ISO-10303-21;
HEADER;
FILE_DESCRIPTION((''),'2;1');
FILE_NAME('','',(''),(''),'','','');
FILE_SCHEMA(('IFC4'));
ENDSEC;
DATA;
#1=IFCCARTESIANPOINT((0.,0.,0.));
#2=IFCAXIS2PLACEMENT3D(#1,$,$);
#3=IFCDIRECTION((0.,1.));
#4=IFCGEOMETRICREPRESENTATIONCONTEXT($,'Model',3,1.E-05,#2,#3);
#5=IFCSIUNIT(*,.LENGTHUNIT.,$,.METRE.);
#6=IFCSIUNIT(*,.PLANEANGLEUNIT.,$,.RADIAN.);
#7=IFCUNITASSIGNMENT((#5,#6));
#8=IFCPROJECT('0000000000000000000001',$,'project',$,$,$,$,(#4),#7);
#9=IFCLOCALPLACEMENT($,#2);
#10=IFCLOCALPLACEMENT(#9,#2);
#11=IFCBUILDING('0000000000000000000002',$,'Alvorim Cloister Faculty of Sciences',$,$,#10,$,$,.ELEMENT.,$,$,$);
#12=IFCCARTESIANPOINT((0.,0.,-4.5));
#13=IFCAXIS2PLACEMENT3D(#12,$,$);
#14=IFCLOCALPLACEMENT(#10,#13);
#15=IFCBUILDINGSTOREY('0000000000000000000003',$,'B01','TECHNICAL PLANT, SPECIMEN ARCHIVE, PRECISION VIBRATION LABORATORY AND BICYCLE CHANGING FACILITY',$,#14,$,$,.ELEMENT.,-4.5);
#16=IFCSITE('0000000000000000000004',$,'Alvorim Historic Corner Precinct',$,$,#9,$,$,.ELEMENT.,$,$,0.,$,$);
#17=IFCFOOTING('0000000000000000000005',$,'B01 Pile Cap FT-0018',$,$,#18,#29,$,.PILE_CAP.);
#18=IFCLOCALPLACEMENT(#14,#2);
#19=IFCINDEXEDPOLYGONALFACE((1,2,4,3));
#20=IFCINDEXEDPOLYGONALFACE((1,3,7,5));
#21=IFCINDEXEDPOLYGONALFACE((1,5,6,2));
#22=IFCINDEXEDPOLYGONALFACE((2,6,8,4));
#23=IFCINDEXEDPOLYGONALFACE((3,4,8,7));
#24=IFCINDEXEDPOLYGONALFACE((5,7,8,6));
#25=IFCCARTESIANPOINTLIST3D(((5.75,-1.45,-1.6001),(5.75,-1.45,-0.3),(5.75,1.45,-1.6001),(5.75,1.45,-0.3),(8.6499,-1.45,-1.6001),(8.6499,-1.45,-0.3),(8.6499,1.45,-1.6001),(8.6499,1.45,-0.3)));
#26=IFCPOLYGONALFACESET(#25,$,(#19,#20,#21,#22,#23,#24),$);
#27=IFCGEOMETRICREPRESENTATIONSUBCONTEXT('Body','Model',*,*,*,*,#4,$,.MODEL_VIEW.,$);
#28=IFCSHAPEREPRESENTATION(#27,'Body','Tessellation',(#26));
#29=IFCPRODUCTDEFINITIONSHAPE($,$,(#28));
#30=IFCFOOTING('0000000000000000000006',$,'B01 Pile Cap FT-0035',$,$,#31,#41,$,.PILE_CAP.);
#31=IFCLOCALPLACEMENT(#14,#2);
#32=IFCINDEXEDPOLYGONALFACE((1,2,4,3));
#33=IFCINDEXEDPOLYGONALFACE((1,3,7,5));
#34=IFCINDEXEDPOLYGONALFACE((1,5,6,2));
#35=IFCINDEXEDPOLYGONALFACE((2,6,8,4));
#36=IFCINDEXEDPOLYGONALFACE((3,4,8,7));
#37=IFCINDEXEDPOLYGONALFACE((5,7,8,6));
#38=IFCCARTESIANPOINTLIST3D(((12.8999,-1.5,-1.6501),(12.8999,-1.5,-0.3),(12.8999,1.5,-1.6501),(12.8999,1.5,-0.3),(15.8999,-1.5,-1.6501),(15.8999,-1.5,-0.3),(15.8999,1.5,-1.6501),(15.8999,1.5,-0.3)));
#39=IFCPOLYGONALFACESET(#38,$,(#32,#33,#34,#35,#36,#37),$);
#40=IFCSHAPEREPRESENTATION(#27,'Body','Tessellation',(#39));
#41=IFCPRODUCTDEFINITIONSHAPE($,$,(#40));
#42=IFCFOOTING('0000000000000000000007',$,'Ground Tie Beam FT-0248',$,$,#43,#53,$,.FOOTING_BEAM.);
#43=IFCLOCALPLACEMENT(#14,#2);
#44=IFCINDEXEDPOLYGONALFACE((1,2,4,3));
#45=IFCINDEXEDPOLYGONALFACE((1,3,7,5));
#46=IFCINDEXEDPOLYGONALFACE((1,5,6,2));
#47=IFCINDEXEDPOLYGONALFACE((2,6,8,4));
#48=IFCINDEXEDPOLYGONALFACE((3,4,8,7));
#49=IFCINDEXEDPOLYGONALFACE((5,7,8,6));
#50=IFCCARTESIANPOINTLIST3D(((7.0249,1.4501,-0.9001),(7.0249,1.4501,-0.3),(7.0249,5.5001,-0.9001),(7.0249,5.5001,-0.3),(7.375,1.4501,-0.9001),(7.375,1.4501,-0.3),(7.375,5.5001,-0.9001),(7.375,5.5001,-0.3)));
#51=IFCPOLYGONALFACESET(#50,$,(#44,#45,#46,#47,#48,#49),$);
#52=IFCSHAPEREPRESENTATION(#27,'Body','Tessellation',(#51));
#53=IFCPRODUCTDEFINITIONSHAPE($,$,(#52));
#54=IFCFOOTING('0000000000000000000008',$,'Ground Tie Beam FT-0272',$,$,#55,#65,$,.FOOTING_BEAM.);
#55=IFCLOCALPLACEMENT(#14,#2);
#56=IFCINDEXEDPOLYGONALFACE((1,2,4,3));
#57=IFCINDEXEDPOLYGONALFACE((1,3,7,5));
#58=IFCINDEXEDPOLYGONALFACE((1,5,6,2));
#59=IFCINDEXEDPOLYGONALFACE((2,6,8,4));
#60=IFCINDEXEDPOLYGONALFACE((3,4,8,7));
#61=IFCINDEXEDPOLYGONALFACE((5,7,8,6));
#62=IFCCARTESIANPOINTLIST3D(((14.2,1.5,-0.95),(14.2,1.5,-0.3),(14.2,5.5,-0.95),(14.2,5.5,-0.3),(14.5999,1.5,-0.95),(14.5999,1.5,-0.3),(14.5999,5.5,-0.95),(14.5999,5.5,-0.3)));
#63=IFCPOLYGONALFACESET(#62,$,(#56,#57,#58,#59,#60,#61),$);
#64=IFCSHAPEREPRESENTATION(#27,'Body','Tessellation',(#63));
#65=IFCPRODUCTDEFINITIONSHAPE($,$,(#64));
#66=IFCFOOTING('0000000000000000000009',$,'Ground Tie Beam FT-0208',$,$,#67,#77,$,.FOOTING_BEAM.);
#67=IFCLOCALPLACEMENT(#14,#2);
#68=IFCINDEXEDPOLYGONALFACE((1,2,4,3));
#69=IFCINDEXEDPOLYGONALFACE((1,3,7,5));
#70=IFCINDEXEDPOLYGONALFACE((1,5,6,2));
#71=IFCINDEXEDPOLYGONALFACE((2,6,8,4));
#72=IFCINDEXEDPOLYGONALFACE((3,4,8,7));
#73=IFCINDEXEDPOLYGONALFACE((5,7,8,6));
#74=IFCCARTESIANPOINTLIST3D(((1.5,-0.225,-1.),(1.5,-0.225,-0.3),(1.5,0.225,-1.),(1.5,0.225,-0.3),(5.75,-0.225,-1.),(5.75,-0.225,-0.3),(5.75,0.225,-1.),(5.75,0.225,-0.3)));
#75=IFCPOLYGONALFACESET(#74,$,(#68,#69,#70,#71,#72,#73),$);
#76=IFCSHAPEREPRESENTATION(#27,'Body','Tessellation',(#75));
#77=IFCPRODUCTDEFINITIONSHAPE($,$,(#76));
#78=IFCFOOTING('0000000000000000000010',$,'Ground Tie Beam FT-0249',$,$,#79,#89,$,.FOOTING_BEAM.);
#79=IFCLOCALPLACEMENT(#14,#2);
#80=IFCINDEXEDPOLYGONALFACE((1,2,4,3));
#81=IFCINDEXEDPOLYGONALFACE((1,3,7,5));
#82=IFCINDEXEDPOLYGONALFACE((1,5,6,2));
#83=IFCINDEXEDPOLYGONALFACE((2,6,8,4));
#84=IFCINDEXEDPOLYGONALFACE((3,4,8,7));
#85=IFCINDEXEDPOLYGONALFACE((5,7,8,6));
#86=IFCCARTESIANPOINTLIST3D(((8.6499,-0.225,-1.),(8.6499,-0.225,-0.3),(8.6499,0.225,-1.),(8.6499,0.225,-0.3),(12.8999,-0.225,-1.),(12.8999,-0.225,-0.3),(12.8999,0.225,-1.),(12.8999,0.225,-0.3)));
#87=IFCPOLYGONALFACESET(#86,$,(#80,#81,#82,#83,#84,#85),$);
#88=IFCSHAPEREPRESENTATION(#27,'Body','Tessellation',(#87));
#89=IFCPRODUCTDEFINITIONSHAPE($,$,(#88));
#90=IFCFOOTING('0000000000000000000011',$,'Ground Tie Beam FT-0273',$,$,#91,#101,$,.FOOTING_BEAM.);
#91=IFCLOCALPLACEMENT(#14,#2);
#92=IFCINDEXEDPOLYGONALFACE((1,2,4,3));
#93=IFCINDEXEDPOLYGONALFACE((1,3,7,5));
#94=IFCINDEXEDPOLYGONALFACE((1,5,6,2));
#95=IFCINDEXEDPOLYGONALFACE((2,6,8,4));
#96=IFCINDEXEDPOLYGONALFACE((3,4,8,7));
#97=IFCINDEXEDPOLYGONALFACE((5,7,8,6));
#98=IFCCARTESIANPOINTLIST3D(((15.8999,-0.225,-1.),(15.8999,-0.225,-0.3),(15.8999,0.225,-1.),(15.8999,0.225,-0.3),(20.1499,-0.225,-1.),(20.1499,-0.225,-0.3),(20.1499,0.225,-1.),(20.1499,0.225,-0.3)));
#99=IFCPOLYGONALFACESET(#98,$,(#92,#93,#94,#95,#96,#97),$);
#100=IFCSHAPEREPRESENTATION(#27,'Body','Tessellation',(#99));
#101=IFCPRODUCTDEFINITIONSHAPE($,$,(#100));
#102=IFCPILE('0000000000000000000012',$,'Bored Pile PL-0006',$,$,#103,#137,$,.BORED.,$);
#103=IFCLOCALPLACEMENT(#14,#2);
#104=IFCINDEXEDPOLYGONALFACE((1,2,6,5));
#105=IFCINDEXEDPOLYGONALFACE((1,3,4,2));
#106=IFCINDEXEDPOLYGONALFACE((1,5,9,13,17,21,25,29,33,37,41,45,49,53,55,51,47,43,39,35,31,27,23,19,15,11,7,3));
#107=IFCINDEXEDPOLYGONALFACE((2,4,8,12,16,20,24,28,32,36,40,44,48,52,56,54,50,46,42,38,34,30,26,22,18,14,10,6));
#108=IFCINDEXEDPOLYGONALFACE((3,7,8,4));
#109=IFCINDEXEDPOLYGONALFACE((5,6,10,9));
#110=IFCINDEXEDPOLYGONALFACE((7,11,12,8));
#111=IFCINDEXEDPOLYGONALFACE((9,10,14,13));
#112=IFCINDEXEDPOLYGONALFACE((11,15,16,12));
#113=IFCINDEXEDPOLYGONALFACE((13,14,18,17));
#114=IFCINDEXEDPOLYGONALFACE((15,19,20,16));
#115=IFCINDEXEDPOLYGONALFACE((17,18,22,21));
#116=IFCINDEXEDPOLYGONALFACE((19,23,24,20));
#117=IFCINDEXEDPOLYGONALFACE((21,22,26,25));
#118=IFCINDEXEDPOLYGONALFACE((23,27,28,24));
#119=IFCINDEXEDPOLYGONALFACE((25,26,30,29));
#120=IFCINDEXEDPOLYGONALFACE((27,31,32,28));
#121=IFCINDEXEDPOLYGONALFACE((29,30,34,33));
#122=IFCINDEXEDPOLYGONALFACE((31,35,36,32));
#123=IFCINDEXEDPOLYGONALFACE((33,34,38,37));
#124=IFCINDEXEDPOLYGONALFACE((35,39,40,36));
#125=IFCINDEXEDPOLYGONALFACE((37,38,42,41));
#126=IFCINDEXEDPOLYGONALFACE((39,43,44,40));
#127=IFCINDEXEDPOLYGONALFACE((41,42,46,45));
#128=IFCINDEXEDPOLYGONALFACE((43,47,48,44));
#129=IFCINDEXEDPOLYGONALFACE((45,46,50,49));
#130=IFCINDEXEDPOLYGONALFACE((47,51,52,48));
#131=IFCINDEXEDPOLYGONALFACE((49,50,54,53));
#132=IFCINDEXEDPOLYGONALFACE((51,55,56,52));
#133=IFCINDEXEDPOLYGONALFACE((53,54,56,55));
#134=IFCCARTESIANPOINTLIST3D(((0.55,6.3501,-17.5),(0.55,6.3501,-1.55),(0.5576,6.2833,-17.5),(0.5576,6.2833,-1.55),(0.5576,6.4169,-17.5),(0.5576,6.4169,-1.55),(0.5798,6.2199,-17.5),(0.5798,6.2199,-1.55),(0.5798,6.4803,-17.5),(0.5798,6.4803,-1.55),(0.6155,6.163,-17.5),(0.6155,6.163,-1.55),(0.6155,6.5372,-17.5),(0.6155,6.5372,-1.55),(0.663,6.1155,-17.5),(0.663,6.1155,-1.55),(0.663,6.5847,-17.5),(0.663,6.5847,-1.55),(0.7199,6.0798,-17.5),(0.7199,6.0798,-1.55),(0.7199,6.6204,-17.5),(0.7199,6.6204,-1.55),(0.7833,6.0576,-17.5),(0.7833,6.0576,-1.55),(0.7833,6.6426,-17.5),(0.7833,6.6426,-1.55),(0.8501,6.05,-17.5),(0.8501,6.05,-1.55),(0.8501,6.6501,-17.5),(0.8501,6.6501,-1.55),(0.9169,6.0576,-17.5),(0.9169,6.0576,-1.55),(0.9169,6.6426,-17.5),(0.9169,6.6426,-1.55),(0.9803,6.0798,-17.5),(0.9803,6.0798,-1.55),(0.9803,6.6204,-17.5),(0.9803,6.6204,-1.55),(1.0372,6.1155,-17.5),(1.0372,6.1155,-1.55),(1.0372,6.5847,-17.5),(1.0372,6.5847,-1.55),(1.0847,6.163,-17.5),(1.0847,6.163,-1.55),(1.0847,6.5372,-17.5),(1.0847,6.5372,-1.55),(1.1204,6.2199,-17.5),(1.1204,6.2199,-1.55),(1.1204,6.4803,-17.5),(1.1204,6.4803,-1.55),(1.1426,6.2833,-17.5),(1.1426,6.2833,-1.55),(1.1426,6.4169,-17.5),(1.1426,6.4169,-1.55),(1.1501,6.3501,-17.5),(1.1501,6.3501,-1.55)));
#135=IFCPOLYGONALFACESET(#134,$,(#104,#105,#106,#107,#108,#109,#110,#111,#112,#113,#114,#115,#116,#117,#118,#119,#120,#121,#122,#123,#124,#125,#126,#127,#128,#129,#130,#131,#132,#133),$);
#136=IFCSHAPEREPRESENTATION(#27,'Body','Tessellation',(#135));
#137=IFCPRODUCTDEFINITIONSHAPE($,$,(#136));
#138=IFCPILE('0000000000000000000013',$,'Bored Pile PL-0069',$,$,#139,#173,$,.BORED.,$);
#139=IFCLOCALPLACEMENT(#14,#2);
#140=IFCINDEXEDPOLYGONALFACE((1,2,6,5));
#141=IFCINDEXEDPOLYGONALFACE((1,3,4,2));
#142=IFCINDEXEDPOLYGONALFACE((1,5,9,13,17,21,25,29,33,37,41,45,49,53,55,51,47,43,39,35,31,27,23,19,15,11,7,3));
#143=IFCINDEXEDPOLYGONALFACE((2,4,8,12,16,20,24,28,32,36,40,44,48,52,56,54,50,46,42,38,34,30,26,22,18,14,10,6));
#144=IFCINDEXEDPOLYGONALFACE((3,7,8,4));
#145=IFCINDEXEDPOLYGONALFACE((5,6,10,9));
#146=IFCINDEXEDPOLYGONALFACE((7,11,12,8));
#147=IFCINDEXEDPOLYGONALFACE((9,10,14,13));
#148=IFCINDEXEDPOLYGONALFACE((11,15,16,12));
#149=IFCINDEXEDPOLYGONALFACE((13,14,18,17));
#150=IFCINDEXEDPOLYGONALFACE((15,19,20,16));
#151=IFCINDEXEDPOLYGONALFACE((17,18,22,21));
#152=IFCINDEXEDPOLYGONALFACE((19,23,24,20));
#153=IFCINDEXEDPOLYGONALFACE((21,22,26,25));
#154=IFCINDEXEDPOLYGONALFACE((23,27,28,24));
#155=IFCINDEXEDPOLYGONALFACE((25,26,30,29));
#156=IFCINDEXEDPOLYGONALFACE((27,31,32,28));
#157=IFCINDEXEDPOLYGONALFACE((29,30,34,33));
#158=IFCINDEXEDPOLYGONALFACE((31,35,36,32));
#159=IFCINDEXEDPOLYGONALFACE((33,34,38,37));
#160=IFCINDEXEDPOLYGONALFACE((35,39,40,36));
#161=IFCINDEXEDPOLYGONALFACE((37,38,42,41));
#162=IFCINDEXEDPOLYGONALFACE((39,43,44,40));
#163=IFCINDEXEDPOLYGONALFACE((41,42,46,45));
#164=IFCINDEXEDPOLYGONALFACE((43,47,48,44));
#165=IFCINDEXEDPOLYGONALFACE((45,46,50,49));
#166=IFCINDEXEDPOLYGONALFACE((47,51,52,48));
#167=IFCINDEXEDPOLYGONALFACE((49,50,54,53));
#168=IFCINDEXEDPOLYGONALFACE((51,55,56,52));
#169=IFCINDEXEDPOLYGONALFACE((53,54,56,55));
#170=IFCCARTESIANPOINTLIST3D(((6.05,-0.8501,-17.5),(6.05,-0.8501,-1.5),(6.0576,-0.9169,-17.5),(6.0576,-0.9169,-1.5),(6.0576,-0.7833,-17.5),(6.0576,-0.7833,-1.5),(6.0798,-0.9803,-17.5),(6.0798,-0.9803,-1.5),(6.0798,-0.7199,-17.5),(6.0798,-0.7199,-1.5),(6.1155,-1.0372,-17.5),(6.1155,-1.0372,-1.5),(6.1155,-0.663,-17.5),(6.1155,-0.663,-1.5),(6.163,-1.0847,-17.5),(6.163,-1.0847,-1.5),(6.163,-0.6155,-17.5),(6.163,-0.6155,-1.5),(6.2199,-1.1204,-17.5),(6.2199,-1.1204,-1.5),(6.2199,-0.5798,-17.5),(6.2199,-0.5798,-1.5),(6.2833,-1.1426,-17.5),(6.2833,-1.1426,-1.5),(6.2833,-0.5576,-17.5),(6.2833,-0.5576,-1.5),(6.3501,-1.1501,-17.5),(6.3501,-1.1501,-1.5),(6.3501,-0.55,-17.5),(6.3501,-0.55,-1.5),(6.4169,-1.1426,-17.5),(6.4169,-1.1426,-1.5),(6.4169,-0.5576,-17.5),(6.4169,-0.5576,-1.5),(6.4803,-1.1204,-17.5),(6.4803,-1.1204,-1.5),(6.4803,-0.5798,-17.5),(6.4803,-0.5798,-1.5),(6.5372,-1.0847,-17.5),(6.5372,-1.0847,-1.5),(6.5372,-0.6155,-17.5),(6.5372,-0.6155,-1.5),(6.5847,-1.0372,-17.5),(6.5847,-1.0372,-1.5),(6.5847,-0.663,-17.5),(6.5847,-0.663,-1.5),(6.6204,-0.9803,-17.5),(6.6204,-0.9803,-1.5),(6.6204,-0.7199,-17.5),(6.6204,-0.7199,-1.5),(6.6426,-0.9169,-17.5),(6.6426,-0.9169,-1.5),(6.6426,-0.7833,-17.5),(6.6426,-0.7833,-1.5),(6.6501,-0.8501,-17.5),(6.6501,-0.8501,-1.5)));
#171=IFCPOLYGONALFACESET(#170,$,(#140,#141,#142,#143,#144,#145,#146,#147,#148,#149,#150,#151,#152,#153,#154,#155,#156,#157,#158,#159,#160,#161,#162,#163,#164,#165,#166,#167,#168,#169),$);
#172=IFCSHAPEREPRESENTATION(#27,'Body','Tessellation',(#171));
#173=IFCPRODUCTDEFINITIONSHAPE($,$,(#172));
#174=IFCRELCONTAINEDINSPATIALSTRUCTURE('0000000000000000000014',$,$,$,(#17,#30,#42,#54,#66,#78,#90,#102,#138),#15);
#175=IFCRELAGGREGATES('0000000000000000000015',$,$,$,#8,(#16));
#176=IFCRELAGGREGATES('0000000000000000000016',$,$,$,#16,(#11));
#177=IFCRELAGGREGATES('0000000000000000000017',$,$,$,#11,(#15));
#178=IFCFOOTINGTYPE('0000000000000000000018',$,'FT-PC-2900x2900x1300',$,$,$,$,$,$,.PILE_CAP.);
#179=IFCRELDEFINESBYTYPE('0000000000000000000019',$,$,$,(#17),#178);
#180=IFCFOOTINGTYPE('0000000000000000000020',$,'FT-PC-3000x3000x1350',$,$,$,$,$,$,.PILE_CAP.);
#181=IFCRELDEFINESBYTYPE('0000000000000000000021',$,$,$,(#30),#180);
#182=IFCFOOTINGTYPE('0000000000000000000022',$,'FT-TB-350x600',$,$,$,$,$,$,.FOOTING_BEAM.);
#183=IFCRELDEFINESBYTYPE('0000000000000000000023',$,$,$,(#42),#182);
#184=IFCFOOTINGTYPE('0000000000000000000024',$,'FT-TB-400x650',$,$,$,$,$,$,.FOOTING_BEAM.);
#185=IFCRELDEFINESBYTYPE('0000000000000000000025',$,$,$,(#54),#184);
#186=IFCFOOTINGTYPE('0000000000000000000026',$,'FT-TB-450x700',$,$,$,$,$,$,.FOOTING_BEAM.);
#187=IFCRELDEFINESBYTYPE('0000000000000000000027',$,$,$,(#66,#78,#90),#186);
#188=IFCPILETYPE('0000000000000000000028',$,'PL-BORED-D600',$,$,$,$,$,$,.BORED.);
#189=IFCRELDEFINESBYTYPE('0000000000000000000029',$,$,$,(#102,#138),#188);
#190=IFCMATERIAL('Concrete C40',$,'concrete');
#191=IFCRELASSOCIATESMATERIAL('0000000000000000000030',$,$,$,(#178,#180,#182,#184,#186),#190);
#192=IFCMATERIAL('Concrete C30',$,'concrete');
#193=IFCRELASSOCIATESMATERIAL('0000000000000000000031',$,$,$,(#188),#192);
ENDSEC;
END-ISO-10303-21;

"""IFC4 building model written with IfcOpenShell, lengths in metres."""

from ifc_helpers import new_model, si_unit, direction, frame, origin, origin_2d, place, context, subcontext, project, spatial, rectangle, circle, extrude, material, material_profile, profile_set, type_object, element, save


model = new_model("IFC4")

# Units and contexts
model_context = context("Model", 3, precision=1e-05, world=origin(), true_north=direction((0.0, 1.0)))
body_context = subcontext(model_context, "Body", "Model", "MODEL_VIEW")
ifc_project = project(units=[si_unit("LENGTHUNIT", "METRE"), si_unit("PLANEANGLEUNIT", "RADIAN")], contexts=[model_context])

# Site, building, storey
site_placement = place(None, origin())
site = spatial("IfcSite", under=ifc_project, at=site_placement, Name="Alvorim Historic Corner Precinct", CompositionType="ELEMENT", RefElevation=0.0)
building_placement = place(site_placement, origin())
building = spatial("IfcBuilding", under=site, at=building_placement, Name="Alvorim Cloister Faculty of Sciences", CompositionType="ELEMENT")
storey_placement = place(building_placement, frame((0.0, 0.0, -4.5)))
storey = spatial("IfcBuildingStorey", under=building, at=storey_placement, Name="B01", Description="TECHNICAL PLANT, SPECIMEN ARCHIVE, PRECISION VIBRATION LABORATORY AND BICYCLE CHANGING FACILITY", CompositionType="ELEMENT", Elevation=-4.5)

# Footings
ifc_material_1 = material(Name="Concrete C40", Category="concrete")
footing_type_1 = type_object("IfcFootingType", Name="FT-PC-2900x2900x1300", PredefinedType="PILE_CAP", material=ifc_material_1)
footing_1_placement = place(storey_placement, frame((7.2, 0.0, -1.6001), z_axis=(0.0, 0.0, 1.0), x_axis=(1.0, 0.0, 0.0)))
element("IfcFooting", 1, at=footing_1_placement, inside=storey, type_object=footing_type_1, Name="B01 Pile Cap FT-0018", PredefinedType="PILE_CAP", context=body_context, shape_type="SweptSolid", body=[
    extrude(rectangle(XDim=2.8999, YDim=2.8999, at=origin_2d()), origin(), (0.0, 0.0, 1.0), 1.3),
])
footing_type_2 = type_object("IfcFootingType", Name="FT-PC-3000x3000x1350", PredefinedType="PILE_CAP", material=ifc_material_1)
footing_2_placement = place(storey_placement, frame((14.3999, 0.0, -1.6501), z_axis=(0.0, 0.0, 1.0), x_axis=(1.0, 0.0, 0.0)))
element("IfcFooting", 2, at=footing_2_placement, inside=storey, type_object=footing_type_2, Name="B01 Pile Cap FT-0035", PredefinedType="PILE_CAP", context=body_context, shape_type="SweptSolid", body=[
    extrude(rectangle(XDim=3.0, YDim=3.0, at=origin_2d()), origin(), (0.0, 0.0, 1.0), 1.3501),
])
footing_type_3 = type_object("IfcFootingType", Name="FT-TB-350x600", PredefinedType="FOOTING_BEAM", material=ifc_material_1)
footing_3_placement = place(storey_placement, frame((7.2, 3.4751, -0.9001), z_axis=(0.0, 0.0, 1.0), x_axis=(1.0, 0.0, 0.0)))
element("IfcFooting", 3, at=footing_3_placement, inside=storey, type_object=footing_type_3, Name="Ground Tie Beam FT-0248", PredefinedType="FOOTING_BEAM", context=body_context, shape_type="SweptSolid", body=[
    extrude(rectangle(XDim=0.3501, YDim=4.05, at=origin_2d()), origin(), (0.0, 0.0, 1.0), 0.6001),
])
footing_type_4 = type_object("IfcFootingType", Name="FT-TB-400x650", PredefinedType="FOOTING_BEAM", material=ifc_material_1)
footing_4_placement = place(storey_placement, frame((14.3999, 3.5, -0.95), z_axis=(0.0, 0.0, 1.0), x_axis=(1.0, 0.0, 0.0)))
element("IfcFooting", 4, at=footing_4_placement, inside=storey, type_object=footing_type_4, Name="Ground Tie Beam FT-0272", PredefinedType="FOOTING_BEAM", context=body_context, shape_type="SweptSolid", body=[
    extrude(rectangle(XDim=0.3999, YDim=4.0, at=origin_2d()), origin(), (0.0, 0.0, 1.0), 0.6499),
])
footing_type_5 = type_object("IfcFootingType", Name="FT-TB-450x700", PredefinedType="FOOTING_BEAM", material=ifc_material_1)
for number, where, z_axis, x_axis, name in (
    (5, (3.625, 0.0, -1.0), (0.0, 0.0, 1.0), (1.0, 0.0, 0.0), "Ground Tie Beam FT-0208"),
    (6, (10.7749, 0.0, -1.0), (0.0, 0.0, 1.0), (1.0, 0.0, 0.0), "Ground Tie Beam FT-0249"),
    (7, (18.0249, 0.0, -1.0), (0.0, 0.0, 1.0), (1.0, 0.0, 0.0), "Ground Tie Beam FT-0273"),
):
    element("IfcFooting", number, at=place(storey_placement, frame(where, z_axis=z_axis, x_axis=x_axis)), inside=storey, type_object=footing_type_5, Name=name, PredefinedType="FOOTING_BEAM", context=body_context, shape_type="SweptSolid", body=[
        extrude(rectangle(XDim=4.25, YDim=0.45, at=origin_2d()), origin(), (0.0, 0.0, 1.0), 0.7),
    ])

# Piles
ifc_material_2 = material(Name="Concrete C30", Category="concrete")
ifc_material_profile_1 = material_profile(ifc_material_2, circle(Radius=0.3, at=origin_2d()), Name="PILE-D600")
ifc_profile_set_1 = profile_set([ifc_material_profile_1], Name="Concrete C30")
pile_type_1 = type_object("IfcPileType", Name="PL-BORED-D600", PredefinedType="BORED", material=ifc_profile_set_1)
pile_placement = place(storey_placement, frame((0.8501, 6.3501, -1.55), z_axis=(0.0, 0.0, -1.0), x_axis=(1.0, 0.0, 0.0)))
element("IfcPile", 8, at=pile_placement, inside=storey, type_object=pile_type_1, Name="Bored Pile PL-0006", PredefinedType="BORED", context=body_context, shape_type="SweptSolid", body=[
    extrude(circle(Radius=0.3, at=origin_2d()), origin(), (0.0, 0.0, 1.0), 15.95),
])
for number, where, z_axis, x_axis, name in (
    (9, (6.3501, -0.8501, -1.5), (0.0, 0.0, -1.0), (1.0, 0.0, 0.0), "Bored Pile PL-0069"),
):
    element("IfcPile", number, at=place(storey_placement, frame(where, z_axis=z_axis, x_axis=x_axis)), inside=storey, type_object=pile_type_1, Name=name, PredefinedType="BORED", context=body_context, shape_type="SweptSolid", body=[
        extrude(circle(Radius=0.3, at=origin_2d()), origin(), (0.0, 0.0, 1.0), 16.0),
    ])

save(model, "model.ifc")
